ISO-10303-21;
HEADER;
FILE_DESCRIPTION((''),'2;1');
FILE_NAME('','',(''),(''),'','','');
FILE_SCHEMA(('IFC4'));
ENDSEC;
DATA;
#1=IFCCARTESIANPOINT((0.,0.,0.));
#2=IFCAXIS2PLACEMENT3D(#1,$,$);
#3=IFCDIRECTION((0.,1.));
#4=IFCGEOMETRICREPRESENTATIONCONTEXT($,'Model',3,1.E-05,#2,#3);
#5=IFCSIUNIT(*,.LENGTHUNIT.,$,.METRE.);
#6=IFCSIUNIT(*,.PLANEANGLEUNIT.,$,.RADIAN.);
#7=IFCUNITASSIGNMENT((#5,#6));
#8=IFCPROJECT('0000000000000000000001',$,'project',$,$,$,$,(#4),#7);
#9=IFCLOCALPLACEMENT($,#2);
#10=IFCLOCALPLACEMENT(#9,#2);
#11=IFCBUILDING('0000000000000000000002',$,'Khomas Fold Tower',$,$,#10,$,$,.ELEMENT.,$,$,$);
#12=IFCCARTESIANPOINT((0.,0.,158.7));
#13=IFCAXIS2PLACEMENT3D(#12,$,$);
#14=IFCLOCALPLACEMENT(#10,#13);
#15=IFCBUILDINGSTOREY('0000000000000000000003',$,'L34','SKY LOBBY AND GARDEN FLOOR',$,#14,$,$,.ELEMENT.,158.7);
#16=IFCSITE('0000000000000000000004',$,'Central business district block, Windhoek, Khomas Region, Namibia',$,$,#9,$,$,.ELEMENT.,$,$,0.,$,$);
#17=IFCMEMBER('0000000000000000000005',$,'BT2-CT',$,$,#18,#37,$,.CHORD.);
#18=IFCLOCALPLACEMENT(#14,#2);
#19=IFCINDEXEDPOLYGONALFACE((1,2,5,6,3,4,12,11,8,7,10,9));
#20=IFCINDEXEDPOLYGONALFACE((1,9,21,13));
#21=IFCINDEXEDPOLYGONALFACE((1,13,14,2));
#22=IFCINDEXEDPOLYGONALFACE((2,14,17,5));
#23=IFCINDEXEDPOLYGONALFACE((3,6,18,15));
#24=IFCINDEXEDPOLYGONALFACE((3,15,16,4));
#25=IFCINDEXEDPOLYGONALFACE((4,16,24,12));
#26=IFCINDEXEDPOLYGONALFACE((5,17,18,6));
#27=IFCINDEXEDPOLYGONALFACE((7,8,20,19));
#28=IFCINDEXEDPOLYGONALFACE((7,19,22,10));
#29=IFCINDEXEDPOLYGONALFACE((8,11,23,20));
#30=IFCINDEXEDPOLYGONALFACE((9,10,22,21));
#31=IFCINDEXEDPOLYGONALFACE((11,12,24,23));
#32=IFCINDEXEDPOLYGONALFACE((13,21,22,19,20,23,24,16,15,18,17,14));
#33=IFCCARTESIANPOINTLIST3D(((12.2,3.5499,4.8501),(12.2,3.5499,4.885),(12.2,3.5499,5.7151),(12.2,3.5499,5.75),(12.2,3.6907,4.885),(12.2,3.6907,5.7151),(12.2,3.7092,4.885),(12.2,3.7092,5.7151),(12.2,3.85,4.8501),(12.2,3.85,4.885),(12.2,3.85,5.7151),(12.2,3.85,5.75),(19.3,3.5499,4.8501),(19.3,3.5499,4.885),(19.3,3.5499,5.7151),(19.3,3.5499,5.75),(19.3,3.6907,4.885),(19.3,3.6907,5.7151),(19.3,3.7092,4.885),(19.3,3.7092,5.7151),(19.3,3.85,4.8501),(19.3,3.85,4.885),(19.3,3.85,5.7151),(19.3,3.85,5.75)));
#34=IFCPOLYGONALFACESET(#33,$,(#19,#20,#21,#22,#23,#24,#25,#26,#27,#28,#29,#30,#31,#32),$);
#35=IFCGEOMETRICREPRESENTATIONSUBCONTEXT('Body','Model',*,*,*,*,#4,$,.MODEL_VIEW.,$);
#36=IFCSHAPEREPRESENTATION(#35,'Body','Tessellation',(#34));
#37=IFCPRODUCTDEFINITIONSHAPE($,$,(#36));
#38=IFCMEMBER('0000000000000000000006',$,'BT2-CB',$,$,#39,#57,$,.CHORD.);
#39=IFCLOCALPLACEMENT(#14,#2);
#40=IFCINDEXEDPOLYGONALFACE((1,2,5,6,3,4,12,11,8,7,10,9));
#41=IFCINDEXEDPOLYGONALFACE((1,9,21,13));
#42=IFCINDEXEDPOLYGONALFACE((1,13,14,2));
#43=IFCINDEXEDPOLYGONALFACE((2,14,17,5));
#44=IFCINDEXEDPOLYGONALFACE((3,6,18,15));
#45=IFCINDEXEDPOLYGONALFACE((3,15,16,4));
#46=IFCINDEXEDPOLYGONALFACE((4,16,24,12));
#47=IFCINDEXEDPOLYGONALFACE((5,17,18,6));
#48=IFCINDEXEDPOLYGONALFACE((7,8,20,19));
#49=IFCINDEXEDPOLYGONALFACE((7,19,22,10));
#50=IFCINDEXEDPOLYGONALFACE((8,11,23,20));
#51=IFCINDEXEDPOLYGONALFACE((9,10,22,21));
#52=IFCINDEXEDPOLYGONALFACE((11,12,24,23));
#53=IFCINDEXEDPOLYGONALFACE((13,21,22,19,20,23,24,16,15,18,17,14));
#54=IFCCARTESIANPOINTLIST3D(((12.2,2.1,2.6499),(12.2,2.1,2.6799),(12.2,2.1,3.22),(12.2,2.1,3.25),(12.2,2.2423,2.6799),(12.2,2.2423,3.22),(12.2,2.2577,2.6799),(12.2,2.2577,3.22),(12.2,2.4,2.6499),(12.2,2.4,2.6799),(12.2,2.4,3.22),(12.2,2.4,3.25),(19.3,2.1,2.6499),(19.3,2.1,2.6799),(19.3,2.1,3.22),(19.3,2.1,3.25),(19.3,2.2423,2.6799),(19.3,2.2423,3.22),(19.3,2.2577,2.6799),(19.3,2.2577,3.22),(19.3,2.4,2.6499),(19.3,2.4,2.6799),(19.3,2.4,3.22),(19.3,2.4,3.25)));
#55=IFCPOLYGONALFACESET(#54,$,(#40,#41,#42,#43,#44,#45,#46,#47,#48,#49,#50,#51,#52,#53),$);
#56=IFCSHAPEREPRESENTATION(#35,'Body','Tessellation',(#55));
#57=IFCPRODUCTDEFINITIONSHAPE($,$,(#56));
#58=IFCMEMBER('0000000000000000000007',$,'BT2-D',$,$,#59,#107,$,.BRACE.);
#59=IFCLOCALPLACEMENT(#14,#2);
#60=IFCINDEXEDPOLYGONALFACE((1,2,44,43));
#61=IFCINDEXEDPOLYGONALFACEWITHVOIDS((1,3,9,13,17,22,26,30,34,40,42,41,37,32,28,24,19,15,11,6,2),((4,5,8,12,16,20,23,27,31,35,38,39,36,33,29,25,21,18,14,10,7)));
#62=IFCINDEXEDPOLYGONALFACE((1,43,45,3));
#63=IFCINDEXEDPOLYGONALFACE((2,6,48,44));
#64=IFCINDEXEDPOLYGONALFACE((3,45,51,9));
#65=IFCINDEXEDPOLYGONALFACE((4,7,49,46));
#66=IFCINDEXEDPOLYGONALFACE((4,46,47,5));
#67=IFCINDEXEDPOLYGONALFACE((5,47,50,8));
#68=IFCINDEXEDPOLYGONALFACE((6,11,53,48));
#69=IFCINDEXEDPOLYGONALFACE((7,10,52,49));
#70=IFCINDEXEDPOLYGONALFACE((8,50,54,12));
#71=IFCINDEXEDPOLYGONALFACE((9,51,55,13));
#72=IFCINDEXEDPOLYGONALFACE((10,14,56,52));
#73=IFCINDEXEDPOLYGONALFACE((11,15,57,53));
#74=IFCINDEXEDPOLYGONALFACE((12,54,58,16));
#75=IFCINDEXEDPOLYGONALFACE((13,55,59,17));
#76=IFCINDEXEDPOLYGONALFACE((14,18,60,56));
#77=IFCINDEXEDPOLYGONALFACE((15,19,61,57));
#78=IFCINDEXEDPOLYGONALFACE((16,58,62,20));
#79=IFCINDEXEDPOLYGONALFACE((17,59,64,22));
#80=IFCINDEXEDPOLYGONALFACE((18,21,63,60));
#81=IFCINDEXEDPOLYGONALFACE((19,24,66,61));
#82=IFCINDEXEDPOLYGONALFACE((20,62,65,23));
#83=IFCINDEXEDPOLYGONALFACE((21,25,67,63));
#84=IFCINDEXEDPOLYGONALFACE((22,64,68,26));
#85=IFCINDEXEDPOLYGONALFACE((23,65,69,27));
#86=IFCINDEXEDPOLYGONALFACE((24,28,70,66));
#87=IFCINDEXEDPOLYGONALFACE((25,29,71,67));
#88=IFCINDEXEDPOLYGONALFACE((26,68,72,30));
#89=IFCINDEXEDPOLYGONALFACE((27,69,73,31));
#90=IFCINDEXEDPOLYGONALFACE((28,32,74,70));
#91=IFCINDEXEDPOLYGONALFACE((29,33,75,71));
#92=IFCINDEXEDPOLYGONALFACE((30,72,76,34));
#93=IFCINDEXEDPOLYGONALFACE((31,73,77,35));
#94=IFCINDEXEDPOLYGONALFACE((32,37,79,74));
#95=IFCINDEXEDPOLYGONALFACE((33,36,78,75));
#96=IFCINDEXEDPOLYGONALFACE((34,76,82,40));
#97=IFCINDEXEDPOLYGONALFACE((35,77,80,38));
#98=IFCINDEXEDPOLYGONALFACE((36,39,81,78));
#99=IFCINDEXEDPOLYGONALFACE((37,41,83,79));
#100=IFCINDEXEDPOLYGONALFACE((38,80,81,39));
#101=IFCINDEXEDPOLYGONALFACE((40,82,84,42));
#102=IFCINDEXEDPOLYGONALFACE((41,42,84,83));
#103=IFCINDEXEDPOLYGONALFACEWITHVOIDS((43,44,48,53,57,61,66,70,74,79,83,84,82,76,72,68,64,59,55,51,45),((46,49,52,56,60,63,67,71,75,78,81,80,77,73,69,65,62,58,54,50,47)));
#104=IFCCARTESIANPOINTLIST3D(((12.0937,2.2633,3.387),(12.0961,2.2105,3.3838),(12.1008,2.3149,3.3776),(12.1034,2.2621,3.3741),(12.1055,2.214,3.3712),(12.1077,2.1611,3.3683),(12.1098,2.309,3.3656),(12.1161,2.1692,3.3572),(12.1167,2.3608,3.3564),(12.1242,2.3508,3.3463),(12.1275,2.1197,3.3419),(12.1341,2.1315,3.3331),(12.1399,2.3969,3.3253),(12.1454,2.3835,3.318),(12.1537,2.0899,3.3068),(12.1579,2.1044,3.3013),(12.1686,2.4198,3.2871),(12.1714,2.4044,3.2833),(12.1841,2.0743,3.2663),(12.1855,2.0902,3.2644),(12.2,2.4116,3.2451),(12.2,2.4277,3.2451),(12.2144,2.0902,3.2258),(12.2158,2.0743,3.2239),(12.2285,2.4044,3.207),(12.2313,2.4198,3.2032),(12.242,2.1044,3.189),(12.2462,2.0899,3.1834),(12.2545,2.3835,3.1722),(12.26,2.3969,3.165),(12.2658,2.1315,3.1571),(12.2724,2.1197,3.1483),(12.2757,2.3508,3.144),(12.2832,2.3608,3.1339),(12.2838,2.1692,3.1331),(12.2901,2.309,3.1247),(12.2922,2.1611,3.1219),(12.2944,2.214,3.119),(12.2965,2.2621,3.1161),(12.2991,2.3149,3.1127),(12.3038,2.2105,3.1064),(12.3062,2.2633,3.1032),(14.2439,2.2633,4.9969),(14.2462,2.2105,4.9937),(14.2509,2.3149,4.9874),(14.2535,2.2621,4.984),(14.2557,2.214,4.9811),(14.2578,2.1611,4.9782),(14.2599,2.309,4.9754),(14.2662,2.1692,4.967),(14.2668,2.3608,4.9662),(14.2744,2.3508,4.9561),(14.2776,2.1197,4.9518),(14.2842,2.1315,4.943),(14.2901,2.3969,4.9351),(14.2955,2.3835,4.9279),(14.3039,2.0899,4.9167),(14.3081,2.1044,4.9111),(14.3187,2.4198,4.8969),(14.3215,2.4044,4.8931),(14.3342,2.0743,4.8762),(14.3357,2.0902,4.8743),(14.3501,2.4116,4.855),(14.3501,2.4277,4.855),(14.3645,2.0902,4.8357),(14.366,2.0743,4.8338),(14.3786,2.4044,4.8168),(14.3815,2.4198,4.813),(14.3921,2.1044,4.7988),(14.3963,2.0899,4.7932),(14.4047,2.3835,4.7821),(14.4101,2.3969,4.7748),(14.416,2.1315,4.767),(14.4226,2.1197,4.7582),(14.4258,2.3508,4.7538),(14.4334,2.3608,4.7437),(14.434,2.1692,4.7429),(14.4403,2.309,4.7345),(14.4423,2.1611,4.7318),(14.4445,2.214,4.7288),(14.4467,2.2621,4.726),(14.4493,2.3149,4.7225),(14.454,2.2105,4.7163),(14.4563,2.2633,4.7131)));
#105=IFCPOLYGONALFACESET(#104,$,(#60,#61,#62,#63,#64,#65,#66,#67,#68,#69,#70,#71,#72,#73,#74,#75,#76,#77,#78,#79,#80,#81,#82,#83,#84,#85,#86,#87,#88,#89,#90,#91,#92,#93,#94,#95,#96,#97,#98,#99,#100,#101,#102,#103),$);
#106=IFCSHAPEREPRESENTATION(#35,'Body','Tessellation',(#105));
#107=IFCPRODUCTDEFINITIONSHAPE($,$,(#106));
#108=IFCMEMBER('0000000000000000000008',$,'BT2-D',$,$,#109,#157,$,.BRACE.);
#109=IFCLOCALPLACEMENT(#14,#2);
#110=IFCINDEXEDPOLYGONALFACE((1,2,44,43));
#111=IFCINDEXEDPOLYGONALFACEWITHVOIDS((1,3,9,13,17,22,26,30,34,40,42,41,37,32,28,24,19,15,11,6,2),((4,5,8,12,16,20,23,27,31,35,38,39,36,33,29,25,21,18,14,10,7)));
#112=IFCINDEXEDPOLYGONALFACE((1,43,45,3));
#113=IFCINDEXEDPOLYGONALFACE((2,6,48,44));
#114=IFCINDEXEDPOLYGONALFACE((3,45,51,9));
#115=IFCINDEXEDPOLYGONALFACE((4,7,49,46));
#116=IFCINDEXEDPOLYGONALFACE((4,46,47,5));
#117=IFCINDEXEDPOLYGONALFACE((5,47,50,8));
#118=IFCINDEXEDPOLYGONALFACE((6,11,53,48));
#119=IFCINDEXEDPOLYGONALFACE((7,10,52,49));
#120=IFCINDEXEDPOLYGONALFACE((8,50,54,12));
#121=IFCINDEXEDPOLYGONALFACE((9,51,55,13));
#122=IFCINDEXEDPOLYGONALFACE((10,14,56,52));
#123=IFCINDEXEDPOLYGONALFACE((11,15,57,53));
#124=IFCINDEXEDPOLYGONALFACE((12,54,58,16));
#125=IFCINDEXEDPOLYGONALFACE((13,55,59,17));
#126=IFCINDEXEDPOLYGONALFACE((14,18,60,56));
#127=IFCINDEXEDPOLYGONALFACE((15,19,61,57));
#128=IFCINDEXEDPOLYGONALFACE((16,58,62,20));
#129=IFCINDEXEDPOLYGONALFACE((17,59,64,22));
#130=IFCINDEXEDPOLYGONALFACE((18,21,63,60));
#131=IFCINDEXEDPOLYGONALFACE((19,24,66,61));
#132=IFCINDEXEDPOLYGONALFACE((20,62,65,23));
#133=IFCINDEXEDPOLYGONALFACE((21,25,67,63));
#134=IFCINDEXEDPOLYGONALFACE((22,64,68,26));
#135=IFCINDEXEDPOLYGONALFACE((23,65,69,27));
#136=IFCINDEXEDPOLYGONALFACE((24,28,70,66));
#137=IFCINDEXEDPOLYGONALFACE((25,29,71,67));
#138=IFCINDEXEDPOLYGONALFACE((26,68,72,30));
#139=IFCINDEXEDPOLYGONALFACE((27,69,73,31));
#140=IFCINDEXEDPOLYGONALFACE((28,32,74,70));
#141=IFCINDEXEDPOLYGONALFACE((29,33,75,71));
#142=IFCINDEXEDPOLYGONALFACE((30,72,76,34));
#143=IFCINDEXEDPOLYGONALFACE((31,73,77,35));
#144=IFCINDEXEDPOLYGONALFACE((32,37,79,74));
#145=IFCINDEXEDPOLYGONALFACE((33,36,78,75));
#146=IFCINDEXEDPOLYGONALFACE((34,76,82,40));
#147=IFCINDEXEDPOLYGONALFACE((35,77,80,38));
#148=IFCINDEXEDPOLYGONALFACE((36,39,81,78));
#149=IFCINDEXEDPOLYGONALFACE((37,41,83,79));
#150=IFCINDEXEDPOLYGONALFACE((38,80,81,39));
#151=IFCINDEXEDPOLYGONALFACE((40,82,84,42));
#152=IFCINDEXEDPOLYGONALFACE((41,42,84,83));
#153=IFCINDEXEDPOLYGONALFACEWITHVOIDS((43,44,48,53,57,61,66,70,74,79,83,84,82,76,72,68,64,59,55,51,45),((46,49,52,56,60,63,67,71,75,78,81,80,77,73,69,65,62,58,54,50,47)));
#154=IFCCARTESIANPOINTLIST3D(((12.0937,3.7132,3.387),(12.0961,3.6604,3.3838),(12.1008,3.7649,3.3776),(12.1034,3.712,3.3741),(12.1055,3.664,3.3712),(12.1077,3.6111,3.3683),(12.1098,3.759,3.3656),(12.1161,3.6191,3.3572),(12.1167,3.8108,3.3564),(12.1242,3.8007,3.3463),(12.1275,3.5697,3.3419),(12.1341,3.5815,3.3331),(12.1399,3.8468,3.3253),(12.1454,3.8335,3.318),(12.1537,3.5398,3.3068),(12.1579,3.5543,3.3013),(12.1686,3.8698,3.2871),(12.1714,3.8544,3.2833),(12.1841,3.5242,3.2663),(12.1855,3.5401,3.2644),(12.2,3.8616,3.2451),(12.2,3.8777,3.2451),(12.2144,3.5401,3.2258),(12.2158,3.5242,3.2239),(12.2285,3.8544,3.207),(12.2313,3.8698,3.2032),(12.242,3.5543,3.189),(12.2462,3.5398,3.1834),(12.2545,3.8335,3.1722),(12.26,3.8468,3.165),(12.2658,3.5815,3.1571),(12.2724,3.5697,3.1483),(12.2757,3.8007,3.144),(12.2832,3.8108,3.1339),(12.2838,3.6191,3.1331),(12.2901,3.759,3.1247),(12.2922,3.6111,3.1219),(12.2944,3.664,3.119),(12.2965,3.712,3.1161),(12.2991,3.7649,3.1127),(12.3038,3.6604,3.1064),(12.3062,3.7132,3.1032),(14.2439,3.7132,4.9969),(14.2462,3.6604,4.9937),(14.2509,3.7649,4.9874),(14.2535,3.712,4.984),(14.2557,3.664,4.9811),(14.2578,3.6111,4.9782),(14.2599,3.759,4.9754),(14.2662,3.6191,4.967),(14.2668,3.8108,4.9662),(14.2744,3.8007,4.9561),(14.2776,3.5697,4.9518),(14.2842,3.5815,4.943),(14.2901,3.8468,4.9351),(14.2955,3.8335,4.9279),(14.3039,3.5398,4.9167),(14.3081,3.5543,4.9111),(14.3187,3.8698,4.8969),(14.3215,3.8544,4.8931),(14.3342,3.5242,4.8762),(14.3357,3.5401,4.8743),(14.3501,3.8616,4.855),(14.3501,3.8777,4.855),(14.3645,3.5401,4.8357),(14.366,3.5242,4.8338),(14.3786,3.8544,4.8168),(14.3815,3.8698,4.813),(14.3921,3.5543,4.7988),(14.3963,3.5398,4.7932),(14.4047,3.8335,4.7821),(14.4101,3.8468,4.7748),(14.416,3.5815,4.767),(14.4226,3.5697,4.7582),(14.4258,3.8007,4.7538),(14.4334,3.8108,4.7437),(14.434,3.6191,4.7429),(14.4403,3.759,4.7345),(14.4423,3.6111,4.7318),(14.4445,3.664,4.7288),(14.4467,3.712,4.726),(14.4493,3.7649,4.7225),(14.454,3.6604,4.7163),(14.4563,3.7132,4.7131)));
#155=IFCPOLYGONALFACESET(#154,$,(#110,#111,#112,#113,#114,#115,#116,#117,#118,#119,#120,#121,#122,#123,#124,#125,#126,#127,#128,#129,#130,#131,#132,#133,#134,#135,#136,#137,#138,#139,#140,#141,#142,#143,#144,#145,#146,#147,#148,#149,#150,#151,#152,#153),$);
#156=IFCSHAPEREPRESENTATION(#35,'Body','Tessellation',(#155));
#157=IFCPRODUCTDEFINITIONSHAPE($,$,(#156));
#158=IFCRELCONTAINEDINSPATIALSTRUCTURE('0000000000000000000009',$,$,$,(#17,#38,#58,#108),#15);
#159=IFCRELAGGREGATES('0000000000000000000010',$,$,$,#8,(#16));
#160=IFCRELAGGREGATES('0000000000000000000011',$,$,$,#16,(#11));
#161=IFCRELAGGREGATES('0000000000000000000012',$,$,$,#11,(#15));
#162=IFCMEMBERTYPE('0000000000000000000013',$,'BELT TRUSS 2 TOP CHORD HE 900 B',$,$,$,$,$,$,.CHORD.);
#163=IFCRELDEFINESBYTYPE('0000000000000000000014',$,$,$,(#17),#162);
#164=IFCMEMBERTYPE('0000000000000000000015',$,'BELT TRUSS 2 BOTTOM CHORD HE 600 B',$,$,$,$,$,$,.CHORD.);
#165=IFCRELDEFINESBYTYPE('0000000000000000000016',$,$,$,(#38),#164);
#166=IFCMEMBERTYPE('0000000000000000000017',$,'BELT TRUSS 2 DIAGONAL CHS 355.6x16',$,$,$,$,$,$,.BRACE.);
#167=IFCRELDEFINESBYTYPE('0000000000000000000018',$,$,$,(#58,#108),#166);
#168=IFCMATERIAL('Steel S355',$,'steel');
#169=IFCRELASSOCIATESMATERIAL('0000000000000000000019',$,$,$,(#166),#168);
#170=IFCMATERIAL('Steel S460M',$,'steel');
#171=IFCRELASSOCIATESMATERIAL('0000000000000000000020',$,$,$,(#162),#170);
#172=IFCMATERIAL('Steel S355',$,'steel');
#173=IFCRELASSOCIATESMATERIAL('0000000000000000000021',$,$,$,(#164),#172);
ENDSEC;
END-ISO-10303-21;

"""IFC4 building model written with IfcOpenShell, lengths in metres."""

from ifc_helpers import new_model, si_unit, direction, frame, origin, origin_2d, place, context, subcontext, project, spatial, hollow_circle, i_section, extrude, source, transform, mapped, material, material_profile, profile_set, type_object, element, save


model = new_model("IFC4")

# Units and contexts
model_context = context("Model", 3, precision=1e-05, world=origin(), true_north=direction((0.0, 1.0)))
body_context = subcontext(model_context, "Body", "Model", "MODEL_VIEW")
ifc_project = project(units=[si_unit("LENGTHUNIT", "METRE"), si_unit("PLANEANGLEUNIT", "RADIAN")], contexts=[model_context])

# Site, building, storey
site_placement = place(None, origin())
site = spatial("IfcSite", under=ifc_project, at=site_placement, Name="Central business district block, Windhoek, Khomas Region, Namibia", CompositionType="ELEMENT", RefElevation=0.0)
building_placement = place(site_placement, origin())
building = spatial("IfcBuilding", under=site, at=building_placement, Name="Khomas Fold Tower", CompositionType="ELEMENT")
storey_placement = place(building_placement, frame((0.0, 0.0, 158.7)))
storey = spatial("IfcBuildingStorey", under=building, at=storey_placement, Name="L34", Description="SKY LOBBY AND GARDEN FLOOR", CompositionType="ELEMENT", Elevation=158.7)

# Members
ifc_material_1 = material(Name="Steel S355", Category="steel")
ifc_material_profile_1 = material_profile(ifc_material_1, hollow_circle(Radius=0.1777, WallThickness=0.0161, at=origin_2d()), Name="CHS 355.6x16")
ifc_profile_set_1 = profile_set([ifc_material_profile_1], Name="Steel S355")
member_type_1 = type_object("IfcMemberType", Name="BELT TRUSS 2 DIAGONAL CHS 355.6x16", PredefinedType="BRACE", material=ifc_profile_set_1)
ifc_material_2 = material(Name="Steel S460M", Category="steel")
ifc_material_profile_2 = material_profile(ifc_material_2, i_section(OverallWidth=0.3, OverallDepth=0.8999, WebThickness=0.0186, FlangeThickness=0.0349, at=origin_2d()), Name="HE 900 B")
ifc_profile_set_2 = profile_set([ifc_material_profile_2], Name="Steel S460M")
member_type_2 = type_object("IfcMemberType", Name="BELT TRUSS 2 TOP CHORD HE 900 B", PredefinedType="CHORD", material=ifc_profile_set_2)
shared_shape_1 = source(origin(), body_context, "Body", "SweptSolid", [
    extrude(i_section(OverallWidth=0.3, OverallDepth=0.8999, WebThickness=0.0186, FlangeThickness=0.0349, at=origin_2d()), origin(), (0.0, 0.0, 1.0), 7.1001),
])
for number, where, z_axis, x_axis, name in (
    (1, (12.2, 3.7, 5.3), (1.0, 0.0, 0.0), (0.0, 1.0, 0.0), "BT2-CT"),
):
    element("IfcMember", number, at=place(storey_placement, frame(where, z_axis=z_axis, x_axis=x_axis)), inside=storey, type_object=member_type_2, Name=name, PredefinedType="CHORD", context=body_context, shape_type="MappedRepresentation", body=[
        mapped(shared_shape_1, transform((0.0, 0.0, 0.0))),
    ])
ifc_material_3 = material(Name="Steel S355", Category="steel")
ifc_material_profile_3 = material_profile(ifc_material_3, i_section(OverallWidth=0.3, OverallDepth=0.6001, WebThickness=0.0154, FlangeThickness=0.03, at=origin_2d()), Name="HE 600 B")
ifc_profile_set_3 = profile_set([ifc_material_profile_3], Name="Steel S355")
member_type_3 = type_object("IfcMemberType", Name="BELT TRUSS 2 BOTTOM CHORD HE 600 B", PredefinedType="CHORD", material=ifc_profile_set_3)
shared_shape_2 = source(origin(), body_context, "Body", "SweptSolid", [
    extrude(i_section(OverallWidth=0.3, OverallDepth=0.6001, WebThickness=0.0154, FlangeThickness=0.03, at=origin_2d()), origin(), (0.0, 0.0, 1.0), 7.1001),
])
member_1_placement = place(storey_placement, frame((12.2, 2.25, 2.95), z_axis=(1.0, 0.0, 0.0), x_axis=(0.0, 1.0, 0.0)))
element("IfcMember", 2, at=member_1_placement, inside=storey, type_object=member_type_3, Name="BT2-CB", PredefinedType="CHORD", context=body_context, shape_type="MappedRepresentation", body=[
    mapped(shared_shape_2, transform((0.0, 0.0, 0.0))),
])
shared_shape_3 = source(origin(), body_context, "Body", "SweptSolid", [
    extrude(hollow_circle(Radius=0.1777, WallThickness=0.0161, at=origin_2d()), origin(), (0.0, 0.0, 1.0), 2.686),
])
for number, where, z_axis, x_axis, name in (
    (3, (12.2, 2.25, 3.2451), (0.800491, 0.0, 0.599345), (0.0, 1.0, 0.0), "BT2-D"),
    (4, (12.2, 3.7, 3.2451), (0.800491, 0.0, 0.599345), (0.0, 1.0, 0.0), "BT2-D"),
):
    element("IfcMember", number, at=place(storey_placement, frame(where, z_axis=z_axis, x_axis=x_axis)), inside=storey, type_object=member_type_1, Name=name, PredefinedType="BRACE", context=body_context, shape_type="MappedRepresentation", body=[
        mapped(shared_shape_3, transform((0.0, 0.0, 0.0))),
    ])

save(model, "model.ifc")
